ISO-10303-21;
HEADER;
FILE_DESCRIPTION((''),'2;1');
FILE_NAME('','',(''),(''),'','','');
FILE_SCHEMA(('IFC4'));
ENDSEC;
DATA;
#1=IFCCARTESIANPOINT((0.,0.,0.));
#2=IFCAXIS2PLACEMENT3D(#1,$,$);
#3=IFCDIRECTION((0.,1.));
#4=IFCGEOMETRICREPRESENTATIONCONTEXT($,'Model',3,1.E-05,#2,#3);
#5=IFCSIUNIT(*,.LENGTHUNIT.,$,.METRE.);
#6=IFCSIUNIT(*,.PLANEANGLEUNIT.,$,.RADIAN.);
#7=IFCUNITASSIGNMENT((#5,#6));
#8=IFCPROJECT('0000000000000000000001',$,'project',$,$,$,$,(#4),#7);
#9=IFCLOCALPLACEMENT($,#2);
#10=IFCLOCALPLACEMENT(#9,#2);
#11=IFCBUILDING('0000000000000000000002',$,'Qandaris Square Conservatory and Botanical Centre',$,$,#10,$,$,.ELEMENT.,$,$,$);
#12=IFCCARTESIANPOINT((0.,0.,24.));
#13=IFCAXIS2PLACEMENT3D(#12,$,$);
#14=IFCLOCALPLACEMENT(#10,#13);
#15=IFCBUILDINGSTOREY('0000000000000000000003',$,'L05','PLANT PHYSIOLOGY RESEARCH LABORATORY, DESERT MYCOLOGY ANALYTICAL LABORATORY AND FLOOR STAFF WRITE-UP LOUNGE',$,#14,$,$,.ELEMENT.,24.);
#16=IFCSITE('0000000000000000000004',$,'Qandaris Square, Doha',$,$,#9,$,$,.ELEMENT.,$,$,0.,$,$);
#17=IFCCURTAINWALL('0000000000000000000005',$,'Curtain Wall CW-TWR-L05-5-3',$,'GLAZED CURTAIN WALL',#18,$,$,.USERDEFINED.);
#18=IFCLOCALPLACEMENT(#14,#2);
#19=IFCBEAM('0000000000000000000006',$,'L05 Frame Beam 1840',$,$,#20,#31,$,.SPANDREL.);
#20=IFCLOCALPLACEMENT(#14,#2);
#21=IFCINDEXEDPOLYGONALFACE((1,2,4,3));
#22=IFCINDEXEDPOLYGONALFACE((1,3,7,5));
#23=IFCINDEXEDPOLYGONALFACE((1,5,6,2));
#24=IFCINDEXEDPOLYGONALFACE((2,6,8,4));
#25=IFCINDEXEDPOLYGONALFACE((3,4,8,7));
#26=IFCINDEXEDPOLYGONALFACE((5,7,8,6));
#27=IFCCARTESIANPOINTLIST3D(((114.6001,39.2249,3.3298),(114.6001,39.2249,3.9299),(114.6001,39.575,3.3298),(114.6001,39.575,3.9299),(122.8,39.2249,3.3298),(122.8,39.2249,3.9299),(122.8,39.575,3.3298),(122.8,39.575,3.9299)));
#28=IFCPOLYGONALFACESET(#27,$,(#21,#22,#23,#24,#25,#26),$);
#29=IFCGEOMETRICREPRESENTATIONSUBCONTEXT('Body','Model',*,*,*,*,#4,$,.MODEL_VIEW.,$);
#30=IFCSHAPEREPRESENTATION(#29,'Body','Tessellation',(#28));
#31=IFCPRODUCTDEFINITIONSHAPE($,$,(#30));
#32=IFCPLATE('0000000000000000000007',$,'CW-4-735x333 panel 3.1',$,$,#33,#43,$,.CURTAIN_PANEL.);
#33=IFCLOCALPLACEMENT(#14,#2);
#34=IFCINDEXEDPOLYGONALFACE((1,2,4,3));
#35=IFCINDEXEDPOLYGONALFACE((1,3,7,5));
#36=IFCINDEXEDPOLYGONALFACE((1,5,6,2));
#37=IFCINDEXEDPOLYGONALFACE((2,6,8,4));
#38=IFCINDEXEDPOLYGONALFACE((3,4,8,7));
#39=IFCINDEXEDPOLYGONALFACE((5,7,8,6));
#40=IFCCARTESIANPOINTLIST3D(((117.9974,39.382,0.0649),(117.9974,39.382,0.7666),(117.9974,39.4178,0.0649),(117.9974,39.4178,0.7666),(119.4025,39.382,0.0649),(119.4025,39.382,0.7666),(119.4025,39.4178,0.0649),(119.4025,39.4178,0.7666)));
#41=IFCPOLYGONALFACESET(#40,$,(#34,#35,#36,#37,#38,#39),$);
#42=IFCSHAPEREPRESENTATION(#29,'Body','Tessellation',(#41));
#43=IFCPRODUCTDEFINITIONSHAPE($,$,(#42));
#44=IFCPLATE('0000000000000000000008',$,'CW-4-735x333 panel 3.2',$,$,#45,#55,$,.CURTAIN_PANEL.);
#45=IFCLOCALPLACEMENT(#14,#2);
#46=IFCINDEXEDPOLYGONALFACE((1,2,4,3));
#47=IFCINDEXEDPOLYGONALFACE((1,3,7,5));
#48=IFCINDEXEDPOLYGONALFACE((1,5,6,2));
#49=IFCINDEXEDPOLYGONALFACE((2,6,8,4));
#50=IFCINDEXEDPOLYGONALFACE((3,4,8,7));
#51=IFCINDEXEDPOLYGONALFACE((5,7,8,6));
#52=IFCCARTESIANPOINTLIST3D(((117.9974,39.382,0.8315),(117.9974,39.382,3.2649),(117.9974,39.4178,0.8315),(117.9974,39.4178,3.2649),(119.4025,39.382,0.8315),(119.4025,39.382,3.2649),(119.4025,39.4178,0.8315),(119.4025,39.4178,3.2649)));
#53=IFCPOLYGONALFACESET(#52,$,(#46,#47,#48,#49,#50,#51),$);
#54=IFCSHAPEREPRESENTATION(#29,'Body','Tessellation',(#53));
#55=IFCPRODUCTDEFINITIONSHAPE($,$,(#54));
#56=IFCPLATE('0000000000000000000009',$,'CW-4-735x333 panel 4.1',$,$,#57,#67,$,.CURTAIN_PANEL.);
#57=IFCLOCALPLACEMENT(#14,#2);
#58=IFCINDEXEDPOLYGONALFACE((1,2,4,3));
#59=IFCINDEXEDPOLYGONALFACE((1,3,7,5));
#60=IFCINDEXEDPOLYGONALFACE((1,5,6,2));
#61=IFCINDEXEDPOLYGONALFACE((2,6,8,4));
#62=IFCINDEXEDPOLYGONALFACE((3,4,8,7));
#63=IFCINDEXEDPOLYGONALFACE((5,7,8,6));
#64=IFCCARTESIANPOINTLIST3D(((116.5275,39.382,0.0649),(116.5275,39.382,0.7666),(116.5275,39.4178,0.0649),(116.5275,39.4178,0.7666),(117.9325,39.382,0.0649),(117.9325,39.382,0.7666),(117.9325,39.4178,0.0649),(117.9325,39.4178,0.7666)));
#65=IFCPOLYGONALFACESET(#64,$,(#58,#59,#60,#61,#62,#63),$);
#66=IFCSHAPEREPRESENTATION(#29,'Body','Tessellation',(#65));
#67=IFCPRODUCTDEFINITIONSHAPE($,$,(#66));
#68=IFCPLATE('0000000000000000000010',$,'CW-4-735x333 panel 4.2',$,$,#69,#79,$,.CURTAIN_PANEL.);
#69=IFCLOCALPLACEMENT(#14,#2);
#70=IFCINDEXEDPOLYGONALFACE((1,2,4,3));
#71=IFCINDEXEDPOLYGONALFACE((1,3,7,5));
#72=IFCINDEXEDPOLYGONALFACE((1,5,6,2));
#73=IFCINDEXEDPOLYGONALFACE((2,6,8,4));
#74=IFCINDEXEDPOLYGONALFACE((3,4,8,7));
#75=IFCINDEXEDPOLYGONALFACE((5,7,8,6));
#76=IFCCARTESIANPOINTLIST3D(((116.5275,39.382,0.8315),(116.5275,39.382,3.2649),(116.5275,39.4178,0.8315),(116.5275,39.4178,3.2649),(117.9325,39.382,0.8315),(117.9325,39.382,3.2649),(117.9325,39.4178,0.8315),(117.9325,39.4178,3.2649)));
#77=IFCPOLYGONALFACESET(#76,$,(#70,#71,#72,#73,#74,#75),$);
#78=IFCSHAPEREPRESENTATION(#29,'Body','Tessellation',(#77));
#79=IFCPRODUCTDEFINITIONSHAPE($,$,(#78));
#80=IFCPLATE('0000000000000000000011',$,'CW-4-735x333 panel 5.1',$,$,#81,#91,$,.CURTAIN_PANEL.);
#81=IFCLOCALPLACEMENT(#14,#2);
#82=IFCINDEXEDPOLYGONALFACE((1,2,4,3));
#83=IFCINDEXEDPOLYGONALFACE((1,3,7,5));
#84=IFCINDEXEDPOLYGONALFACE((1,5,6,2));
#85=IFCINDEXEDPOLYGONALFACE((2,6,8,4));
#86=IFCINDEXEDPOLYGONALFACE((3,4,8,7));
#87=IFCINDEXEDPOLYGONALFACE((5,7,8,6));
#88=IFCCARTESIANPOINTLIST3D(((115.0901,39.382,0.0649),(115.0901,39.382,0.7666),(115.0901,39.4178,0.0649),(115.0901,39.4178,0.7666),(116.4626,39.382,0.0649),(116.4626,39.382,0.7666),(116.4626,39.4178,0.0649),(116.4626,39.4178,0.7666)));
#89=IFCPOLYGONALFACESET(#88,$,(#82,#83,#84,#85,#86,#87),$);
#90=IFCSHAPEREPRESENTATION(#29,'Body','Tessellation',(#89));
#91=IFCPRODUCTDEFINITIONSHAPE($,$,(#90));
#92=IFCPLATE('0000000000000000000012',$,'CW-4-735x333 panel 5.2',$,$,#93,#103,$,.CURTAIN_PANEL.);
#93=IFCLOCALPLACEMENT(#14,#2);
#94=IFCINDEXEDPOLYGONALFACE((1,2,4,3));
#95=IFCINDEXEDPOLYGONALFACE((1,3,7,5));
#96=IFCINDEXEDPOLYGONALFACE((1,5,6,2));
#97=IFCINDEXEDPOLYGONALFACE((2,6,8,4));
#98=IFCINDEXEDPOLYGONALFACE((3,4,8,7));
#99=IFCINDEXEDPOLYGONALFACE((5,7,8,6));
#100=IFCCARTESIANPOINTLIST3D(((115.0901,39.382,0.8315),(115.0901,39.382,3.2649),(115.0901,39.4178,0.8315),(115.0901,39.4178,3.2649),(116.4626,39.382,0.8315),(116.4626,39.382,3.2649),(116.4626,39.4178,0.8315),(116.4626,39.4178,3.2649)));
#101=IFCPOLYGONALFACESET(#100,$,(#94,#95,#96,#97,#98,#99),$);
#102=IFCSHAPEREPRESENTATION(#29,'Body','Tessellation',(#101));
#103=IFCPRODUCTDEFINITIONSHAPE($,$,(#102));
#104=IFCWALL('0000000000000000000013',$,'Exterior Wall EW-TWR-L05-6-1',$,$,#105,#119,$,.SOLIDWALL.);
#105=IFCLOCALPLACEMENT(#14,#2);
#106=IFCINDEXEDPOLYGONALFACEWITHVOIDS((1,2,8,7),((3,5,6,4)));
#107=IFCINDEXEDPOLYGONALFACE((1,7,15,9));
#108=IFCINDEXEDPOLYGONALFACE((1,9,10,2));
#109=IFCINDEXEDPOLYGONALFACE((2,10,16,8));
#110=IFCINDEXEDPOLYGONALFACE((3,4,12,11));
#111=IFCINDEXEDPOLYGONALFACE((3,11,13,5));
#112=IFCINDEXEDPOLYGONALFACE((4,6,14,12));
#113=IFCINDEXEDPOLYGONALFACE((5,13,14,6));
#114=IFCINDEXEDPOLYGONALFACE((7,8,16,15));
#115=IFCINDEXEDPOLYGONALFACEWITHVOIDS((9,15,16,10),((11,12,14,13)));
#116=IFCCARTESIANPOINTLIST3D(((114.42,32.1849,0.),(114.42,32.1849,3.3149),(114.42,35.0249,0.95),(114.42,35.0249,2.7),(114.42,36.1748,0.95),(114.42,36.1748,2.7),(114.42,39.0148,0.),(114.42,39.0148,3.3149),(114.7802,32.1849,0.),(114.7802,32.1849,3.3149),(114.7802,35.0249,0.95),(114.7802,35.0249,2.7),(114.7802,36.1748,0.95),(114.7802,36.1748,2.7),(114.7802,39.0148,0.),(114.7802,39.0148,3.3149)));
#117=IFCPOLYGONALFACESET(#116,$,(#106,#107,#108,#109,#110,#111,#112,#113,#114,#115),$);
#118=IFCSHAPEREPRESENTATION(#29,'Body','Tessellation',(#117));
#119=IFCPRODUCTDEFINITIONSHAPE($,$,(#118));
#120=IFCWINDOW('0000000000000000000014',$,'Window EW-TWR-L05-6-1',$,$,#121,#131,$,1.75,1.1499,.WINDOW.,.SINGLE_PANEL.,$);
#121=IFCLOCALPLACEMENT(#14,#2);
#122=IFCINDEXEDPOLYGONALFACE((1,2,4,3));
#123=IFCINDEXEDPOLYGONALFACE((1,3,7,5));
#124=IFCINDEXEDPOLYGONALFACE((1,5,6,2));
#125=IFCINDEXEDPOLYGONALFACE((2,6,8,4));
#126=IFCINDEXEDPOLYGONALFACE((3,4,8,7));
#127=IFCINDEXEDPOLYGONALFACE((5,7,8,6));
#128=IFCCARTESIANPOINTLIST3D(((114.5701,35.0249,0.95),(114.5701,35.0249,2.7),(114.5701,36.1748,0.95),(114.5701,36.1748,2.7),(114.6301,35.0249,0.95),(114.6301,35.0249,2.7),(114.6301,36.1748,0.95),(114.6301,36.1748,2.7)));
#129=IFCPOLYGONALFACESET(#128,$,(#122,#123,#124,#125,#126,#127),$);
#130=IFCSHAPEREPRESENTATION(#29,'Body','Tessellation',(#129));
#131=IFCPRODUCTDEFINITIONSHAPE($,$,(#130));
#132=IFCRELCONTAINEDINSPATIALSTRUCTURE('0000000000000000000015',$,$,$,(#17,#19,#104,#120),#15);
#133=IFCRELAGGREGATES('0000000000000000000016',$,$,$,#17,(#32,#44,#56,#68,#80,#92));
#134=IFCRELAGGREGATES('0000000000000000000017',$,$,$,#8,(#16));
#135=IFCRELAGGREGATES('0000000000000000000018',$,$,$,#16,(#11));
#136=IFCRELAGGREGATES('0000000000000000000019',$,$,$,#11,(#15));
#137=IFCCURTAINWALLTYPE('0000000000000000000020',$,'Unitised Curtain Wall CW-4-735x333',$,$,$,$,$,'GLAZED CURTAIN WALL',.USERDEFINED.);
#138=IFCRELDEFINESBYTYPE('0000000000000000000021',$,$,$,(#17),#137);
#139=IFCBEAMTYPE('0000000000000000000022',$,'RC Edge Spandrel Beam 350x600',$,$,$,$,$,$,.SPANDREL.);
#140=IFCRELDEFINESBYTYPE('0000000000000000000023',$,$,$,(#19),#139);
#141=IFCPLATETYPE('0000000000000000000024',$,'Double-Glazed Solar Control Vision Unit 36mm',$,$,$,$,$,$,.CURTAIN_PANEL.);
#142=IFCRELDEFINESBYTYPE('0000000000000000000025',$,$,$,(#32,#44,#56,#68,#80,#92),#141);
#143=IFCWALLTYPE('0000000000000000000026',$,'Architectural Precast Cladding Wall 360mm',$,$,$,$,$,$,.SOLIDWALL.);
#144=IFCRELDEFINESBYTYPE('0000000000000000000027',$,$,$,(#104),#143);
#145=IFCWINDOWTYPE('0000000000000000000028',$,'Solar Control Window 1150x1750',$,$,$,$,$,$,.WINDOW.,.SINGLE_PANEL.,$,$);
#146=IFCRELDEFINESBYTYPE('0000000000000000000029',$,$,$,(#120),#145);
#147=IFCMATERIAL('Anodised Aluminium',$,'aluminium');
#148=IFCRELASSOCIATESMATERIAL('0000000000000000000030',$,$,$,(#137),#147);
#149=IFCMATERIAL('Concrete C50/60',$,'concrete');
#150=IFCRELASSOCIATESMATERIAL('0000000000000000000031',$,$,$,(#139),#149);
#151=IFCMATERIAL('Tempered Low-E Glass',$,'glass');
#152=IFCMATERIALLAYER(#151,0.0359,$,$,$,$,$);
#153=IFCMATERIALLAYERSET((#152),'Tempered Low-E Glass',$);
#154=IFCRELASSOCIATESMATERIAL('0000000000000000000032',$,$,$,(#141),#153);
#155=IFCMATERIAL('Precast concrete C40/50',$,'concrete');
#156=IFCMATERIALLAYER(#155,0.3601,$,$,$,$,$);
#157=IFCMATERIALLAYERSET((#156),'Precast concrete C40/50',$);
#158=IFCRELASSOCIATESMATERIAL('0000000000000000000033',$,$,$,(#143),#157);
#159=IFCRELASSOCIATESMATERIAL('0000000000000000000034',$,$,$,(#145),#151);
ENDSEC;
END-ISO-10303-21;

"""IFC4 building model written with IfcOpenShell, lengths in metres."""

from ifc_helpers import new_model, si_unit, direction, frame, frame_2d, origin, origin_2d, place, context, subcontext, project, spatial, rectangle, extrude, material, layer, layer_set, material_profile, profile_set, type_object, element, fill, aggregate, save


model = new_model("IFC4")

# Units and contexts
model_context = context("Model", 3, precision=1e-05, world=origin(), true_north=direction((0.0, 1.0)))
body_context = subcontext(model_context, "Body", "Model", "MODEL_VIEW")
ifc_project = project(units=[si_unit("LENGTHUNIT", "METRE"), si_unit("PLANEANGLEUNIT", "RADIAN")], contexts=[model_context])

# Site, building, storey
site_placement = place(None, origin())
site = spatial("IfcSite", under=ifc_project, at=site_placement, Name="Qandaris Square, Doha", CompositionType="ELEMENT", RefElevation=0.0)
building_placement = place(site_placement, origin())
building = spatial("IfcBuilding", under=site, at=building_placement, Name="Qandaris Square Conservatory and Botanical Centre", CompositionType="ELEMENT")
storey_placement = place(building_placement, frame((0.0, 0.0, 24.0)))
storey = spatial("IfcBuildingStorey", under=building, at=storey_placement, Name="L05", Description="PLANT PHYSIOLOGY RESEARCH LABORATORY, DESERT MYCOLOGY ANALYTICAL LABORATORY AND FLOOR STAFF WRITE-UP LOUNGE", CompositionType="ELEMENT", Elevation=24.0)

# Shared definitions
ifc_material_1 = material(Name="Concrete C50/60", Category="concrete")

# Curtain wall
ifc_material_2 = material(Name="Anodised Aluminium", Category="aluminium")
curtain_wall_type = type_object("IfcCurtainWallType", Name="Unitised Curtain Wall CW-4-735x333", ElementType="GLAZED CURTAIN WALL", PredefinedType="USERDEFINED", material=ifc_material_2)
curtain_wall_placement = place(storey_placement, origin())
curtain_wall = element("IfcCurtainWall", 1, at=curtain_wall_placement, inside=storey, type_object=curtain_wall_type, Name="Curtain Wall CW-TWR-L05-5-3", ObjectType="GLAZED CURTAIN WALL", PredefinedType="USERDEFINED")

# Beam
ifc_material_profile_1 = material_profile(ifc_material_1, rectangle(XDim=0.3501, YDim=0.6001, at=origin_2d()), Name="RC-SP 350x600")
ifc_profile_set_1 = profile_set([ifc_material_profile_1], Name="Concrete C50/60")
beam_type_1 = type_object("IfcBeamType", Name="RC Edge Spandrel Beam 350x600", PredefinedType="SPANDREL", material=ifc_profile_set_1)
beam_1_placement = place(storey_placement, frame((114.6001, 39.3999, 3.6299), z_axis=(1.0, 0.0, 0.0), x_axis=(0.0, 1.0, 0.0)))
element("IfcBeam", 2, at=beam_1_placement, inside=storey, type_object=beam_type_1, Name="L05 Frame Beam 1840", PredefinedType="SPANDREL", context=body_context, shape_type="SweptSolid", body=[
    extrude(rectangle(XDim=0.3501, YDim=0.6001, at=origin_2d()), origin(), (0.0, 0.0, 1.0), 8.2),
])

# Plates
ifc_material_3 = material(Name="Tempered Low-E Glass", Category="glass")
ifc_layer_1 = layer(ifc_material_3, 0.0359)
ifc_layer_set_1 = layer_set([ifc_layer_1], Name="Tempered Low-E Glass")
plate_type = type_object("IfcPlateType", Name="Double-Glazed Solar Control Vision Unit 36mm", PredefinedType="CURTAIN_PANEL", material=ifc_layer_set_1)
plate_1_placement = place(storey_placement, frame((118.7, 39.3999, 0.0649), z_axis=(0.0, 0.0, 1.0), x_axis=(-1.0, 0.0, 0.0)))
plate_1 = element("IfcPlate", 3, at=plate_1_placement, type_object=plate_type, Name="CW-4-735x333 panel 3.1", PredefinedType="CURTAIN_PANEL", context=body_context, shape_type="SweptSolid", body=[
    extrude(rectangle(XDim=1.405, YDim=0.0359, at=origin_2d()), origin(), (0.0, 0.0, 1.0), 0.7017),
])
plate_2_placement = place(storey_placement, frame((118.7, 39.3999, 0.8315), z_axis=(0.0, 0.0, 1.0), x_axis=(-1.0, 0.0, 0.0)))
plate_2 = element("IfcPlate", 4, at=plate_2_placement, type_object=plate_type, Name="CW-4-735x333 panel 3.2", PredefinedType="CURTAIN_PANEL", context=body_context, shape_type="SweptSolid", body=[
    extrude(rectangle(XDim=1.405, YDim=0.0359, at=origin_2d()), origin(), (0.0, 0.0, 1.0), 2.4333),
])
plate_3_placement = place(storey_placement, frame((117.23, 39.3999, 0.0649), z_axis=(0.0, 0.0, 1.0), x_axis=(-1.0, 0.0, 0.0)))
plate_3 = element("IfcPlate", 5, at=plate_3_placement, type_object=plate_type, Name="CW-4-735x333 panel 4.1", PredefinedType="CURTAIN_PANEL", context=body_context, shape_type="SweptSolid", body=[
    extrude(rectangle(XDim=1.405, YDim=0.0359, at=origin_2d()), origin(), (0.0, 0.0, 1.0), 0.7017),
])
plate_4_placement = place(storey_placement, frame((117.23, 39.3999, 0.8315), z_axis=(0.0, 0.0, 1.0), x_axis=(-1.0, 0.0, 0.0)))
plate_4 = element("IfcPlate", 6, at=plate_4_placement, type_object=plate_type, Name="CW-4-735x333 panel 4.2", PredefinedType="CURTAIN_PANEL", context=body_context, shape_type="SweptSolid", body=[
    extrude(rectangle(XDim=1.405, YDim=0.0359, at=origin_2d()), origin(), (0.0, 0.0, 1.0), 2.4333),
])
plate_5_placement = place(storey_placement, frame((115.7764, 39.3999, 0.0649), z_axis=(0.0, 0.0, 1.0), x_axis=(-1.0, 0.0, 0.0)))
plate_5 = element("IfcPlate", 7, at=plate_5_placement, type_object=plate_type, Name="CW-4-735x333 panel 5.1", PredefinedType="CURTAIN_PANEL", context=body_context, shape_type="SweptSolid", body=[
    extrude(rectangle(XDim=1.3726, YDim=0.0359, at=origin_2d()), origin(), (0.0, 0.0, 1.0), 0.7017),
])
plate_6_placement = place(storey_placement, frame((115.7764, 39.3999, 0.8315), z_axis=(0.0, 0.0, 1.0), x_axis=(-1.0, 0.0, 0.0)))
plate_6 = element("IfcPlate", 8, at=plate_6_placement, type_object=plate_type, Name="CW-4-735x333 panel 5.2", PredefinedType="CURTAIN_PANEL", context=body_context, shape_type="SweptSolid", body=[
    extrude(rectangle(XDim=1.3726, YDim=0.0359, at=origin_2d()), origin(), (0.0, 0.0, 1.0), 2.4333),
])
aggregate(curtain_wall, [plate_1, plate_2, plate_3, plate_4, plate_5, plate_6])

# Wall, opening, window
ifc_material_4 = material(Name="Precast concrete C40/50", Category="concrete")
ifc_layer_2 = layer(ifc_material_4, 0.3601)
ifc_layer_set_2 = layer_set([ifc_layer_2], Name="Precast concrete C40/50")
wall_type = type_object("IfcWallType", Name="Architectural Precast Cladding Wall 360mm", PredefinedType="SOLIDWALL", material=ifc_layer_set_2)
wall_placement = place(storey_placement, frame((114.6001, 39.0149, 0.0), z_axis=(0.0, 0.0, 1.0), x_axis=(0.0, -1.0, 0.0)))
wall = element("IfcWall", 9, at=wall_placement, inside=storey, type_object=wall_type, Name="Exterior Wall EW-TWR-L05-6-1", PredefinedType="SOLIDWALL", context=body_context, shape_type="SweptSolid", body=[
    extrude(rectangle(XDim=6.8298, YDim=0.3601, at=frame_2d((3.415, 0.0))), origin(), (0.0, 0.0, 1.0), 3.3149),
])
opening_placement = place(wall_placement, frame((2.8401, 0.0, 0.95)))
opening = element("IfcOpeningElement", 10, at=opening_placement, cuts=wall, PredefinedType="OPENING", context=body_context, shape_type="SweptSolid", body=[
    extrude(rectangle(XDim=1.1499, YDim=1.75, at=frame_2d((0.575, 0.875))), frame((0.0, 0.1919, 0.0), z_axis=(0.0, -1.0, 0.0), x_axis=(1.0, 0.0, 0.0)), (0.0, 0.0, 1.0), 0.384),
])
window_type = type_object("IfcWindowType", Name="Solar Control Window 1150x1750", PartitioningType="SINGLE_PANEL", PredefinedType="WINDOW", material=ifc_material_3)
window_placement = place(opening_placement, origin())
window = element("IfcWindow", 11, at=window_placement, inside=storey, type_object=window_type, Name="Window EW-TWR-L05-6-1", OverallHeight=1.75, OverallWidth=1.1499, PartitioningType="SINGLE_PANEL", PredefinedType="WINDOW", context=body_context, shape_type="SweptSolid", body=[
    extrude(rectangle(XDim=1.1499, YDim=1.75, at=frame_2d((0.575, 0.875))), frame((0.0, 0.03, 0.0), z_axis=(0.0, -1.0, 0.0), x_axis=(1.0, 0.0, 0.0)), (0.0, 0.0, 1.0), 0.0601),
])
fill(opening, window)

save(model, "model.ifc")
